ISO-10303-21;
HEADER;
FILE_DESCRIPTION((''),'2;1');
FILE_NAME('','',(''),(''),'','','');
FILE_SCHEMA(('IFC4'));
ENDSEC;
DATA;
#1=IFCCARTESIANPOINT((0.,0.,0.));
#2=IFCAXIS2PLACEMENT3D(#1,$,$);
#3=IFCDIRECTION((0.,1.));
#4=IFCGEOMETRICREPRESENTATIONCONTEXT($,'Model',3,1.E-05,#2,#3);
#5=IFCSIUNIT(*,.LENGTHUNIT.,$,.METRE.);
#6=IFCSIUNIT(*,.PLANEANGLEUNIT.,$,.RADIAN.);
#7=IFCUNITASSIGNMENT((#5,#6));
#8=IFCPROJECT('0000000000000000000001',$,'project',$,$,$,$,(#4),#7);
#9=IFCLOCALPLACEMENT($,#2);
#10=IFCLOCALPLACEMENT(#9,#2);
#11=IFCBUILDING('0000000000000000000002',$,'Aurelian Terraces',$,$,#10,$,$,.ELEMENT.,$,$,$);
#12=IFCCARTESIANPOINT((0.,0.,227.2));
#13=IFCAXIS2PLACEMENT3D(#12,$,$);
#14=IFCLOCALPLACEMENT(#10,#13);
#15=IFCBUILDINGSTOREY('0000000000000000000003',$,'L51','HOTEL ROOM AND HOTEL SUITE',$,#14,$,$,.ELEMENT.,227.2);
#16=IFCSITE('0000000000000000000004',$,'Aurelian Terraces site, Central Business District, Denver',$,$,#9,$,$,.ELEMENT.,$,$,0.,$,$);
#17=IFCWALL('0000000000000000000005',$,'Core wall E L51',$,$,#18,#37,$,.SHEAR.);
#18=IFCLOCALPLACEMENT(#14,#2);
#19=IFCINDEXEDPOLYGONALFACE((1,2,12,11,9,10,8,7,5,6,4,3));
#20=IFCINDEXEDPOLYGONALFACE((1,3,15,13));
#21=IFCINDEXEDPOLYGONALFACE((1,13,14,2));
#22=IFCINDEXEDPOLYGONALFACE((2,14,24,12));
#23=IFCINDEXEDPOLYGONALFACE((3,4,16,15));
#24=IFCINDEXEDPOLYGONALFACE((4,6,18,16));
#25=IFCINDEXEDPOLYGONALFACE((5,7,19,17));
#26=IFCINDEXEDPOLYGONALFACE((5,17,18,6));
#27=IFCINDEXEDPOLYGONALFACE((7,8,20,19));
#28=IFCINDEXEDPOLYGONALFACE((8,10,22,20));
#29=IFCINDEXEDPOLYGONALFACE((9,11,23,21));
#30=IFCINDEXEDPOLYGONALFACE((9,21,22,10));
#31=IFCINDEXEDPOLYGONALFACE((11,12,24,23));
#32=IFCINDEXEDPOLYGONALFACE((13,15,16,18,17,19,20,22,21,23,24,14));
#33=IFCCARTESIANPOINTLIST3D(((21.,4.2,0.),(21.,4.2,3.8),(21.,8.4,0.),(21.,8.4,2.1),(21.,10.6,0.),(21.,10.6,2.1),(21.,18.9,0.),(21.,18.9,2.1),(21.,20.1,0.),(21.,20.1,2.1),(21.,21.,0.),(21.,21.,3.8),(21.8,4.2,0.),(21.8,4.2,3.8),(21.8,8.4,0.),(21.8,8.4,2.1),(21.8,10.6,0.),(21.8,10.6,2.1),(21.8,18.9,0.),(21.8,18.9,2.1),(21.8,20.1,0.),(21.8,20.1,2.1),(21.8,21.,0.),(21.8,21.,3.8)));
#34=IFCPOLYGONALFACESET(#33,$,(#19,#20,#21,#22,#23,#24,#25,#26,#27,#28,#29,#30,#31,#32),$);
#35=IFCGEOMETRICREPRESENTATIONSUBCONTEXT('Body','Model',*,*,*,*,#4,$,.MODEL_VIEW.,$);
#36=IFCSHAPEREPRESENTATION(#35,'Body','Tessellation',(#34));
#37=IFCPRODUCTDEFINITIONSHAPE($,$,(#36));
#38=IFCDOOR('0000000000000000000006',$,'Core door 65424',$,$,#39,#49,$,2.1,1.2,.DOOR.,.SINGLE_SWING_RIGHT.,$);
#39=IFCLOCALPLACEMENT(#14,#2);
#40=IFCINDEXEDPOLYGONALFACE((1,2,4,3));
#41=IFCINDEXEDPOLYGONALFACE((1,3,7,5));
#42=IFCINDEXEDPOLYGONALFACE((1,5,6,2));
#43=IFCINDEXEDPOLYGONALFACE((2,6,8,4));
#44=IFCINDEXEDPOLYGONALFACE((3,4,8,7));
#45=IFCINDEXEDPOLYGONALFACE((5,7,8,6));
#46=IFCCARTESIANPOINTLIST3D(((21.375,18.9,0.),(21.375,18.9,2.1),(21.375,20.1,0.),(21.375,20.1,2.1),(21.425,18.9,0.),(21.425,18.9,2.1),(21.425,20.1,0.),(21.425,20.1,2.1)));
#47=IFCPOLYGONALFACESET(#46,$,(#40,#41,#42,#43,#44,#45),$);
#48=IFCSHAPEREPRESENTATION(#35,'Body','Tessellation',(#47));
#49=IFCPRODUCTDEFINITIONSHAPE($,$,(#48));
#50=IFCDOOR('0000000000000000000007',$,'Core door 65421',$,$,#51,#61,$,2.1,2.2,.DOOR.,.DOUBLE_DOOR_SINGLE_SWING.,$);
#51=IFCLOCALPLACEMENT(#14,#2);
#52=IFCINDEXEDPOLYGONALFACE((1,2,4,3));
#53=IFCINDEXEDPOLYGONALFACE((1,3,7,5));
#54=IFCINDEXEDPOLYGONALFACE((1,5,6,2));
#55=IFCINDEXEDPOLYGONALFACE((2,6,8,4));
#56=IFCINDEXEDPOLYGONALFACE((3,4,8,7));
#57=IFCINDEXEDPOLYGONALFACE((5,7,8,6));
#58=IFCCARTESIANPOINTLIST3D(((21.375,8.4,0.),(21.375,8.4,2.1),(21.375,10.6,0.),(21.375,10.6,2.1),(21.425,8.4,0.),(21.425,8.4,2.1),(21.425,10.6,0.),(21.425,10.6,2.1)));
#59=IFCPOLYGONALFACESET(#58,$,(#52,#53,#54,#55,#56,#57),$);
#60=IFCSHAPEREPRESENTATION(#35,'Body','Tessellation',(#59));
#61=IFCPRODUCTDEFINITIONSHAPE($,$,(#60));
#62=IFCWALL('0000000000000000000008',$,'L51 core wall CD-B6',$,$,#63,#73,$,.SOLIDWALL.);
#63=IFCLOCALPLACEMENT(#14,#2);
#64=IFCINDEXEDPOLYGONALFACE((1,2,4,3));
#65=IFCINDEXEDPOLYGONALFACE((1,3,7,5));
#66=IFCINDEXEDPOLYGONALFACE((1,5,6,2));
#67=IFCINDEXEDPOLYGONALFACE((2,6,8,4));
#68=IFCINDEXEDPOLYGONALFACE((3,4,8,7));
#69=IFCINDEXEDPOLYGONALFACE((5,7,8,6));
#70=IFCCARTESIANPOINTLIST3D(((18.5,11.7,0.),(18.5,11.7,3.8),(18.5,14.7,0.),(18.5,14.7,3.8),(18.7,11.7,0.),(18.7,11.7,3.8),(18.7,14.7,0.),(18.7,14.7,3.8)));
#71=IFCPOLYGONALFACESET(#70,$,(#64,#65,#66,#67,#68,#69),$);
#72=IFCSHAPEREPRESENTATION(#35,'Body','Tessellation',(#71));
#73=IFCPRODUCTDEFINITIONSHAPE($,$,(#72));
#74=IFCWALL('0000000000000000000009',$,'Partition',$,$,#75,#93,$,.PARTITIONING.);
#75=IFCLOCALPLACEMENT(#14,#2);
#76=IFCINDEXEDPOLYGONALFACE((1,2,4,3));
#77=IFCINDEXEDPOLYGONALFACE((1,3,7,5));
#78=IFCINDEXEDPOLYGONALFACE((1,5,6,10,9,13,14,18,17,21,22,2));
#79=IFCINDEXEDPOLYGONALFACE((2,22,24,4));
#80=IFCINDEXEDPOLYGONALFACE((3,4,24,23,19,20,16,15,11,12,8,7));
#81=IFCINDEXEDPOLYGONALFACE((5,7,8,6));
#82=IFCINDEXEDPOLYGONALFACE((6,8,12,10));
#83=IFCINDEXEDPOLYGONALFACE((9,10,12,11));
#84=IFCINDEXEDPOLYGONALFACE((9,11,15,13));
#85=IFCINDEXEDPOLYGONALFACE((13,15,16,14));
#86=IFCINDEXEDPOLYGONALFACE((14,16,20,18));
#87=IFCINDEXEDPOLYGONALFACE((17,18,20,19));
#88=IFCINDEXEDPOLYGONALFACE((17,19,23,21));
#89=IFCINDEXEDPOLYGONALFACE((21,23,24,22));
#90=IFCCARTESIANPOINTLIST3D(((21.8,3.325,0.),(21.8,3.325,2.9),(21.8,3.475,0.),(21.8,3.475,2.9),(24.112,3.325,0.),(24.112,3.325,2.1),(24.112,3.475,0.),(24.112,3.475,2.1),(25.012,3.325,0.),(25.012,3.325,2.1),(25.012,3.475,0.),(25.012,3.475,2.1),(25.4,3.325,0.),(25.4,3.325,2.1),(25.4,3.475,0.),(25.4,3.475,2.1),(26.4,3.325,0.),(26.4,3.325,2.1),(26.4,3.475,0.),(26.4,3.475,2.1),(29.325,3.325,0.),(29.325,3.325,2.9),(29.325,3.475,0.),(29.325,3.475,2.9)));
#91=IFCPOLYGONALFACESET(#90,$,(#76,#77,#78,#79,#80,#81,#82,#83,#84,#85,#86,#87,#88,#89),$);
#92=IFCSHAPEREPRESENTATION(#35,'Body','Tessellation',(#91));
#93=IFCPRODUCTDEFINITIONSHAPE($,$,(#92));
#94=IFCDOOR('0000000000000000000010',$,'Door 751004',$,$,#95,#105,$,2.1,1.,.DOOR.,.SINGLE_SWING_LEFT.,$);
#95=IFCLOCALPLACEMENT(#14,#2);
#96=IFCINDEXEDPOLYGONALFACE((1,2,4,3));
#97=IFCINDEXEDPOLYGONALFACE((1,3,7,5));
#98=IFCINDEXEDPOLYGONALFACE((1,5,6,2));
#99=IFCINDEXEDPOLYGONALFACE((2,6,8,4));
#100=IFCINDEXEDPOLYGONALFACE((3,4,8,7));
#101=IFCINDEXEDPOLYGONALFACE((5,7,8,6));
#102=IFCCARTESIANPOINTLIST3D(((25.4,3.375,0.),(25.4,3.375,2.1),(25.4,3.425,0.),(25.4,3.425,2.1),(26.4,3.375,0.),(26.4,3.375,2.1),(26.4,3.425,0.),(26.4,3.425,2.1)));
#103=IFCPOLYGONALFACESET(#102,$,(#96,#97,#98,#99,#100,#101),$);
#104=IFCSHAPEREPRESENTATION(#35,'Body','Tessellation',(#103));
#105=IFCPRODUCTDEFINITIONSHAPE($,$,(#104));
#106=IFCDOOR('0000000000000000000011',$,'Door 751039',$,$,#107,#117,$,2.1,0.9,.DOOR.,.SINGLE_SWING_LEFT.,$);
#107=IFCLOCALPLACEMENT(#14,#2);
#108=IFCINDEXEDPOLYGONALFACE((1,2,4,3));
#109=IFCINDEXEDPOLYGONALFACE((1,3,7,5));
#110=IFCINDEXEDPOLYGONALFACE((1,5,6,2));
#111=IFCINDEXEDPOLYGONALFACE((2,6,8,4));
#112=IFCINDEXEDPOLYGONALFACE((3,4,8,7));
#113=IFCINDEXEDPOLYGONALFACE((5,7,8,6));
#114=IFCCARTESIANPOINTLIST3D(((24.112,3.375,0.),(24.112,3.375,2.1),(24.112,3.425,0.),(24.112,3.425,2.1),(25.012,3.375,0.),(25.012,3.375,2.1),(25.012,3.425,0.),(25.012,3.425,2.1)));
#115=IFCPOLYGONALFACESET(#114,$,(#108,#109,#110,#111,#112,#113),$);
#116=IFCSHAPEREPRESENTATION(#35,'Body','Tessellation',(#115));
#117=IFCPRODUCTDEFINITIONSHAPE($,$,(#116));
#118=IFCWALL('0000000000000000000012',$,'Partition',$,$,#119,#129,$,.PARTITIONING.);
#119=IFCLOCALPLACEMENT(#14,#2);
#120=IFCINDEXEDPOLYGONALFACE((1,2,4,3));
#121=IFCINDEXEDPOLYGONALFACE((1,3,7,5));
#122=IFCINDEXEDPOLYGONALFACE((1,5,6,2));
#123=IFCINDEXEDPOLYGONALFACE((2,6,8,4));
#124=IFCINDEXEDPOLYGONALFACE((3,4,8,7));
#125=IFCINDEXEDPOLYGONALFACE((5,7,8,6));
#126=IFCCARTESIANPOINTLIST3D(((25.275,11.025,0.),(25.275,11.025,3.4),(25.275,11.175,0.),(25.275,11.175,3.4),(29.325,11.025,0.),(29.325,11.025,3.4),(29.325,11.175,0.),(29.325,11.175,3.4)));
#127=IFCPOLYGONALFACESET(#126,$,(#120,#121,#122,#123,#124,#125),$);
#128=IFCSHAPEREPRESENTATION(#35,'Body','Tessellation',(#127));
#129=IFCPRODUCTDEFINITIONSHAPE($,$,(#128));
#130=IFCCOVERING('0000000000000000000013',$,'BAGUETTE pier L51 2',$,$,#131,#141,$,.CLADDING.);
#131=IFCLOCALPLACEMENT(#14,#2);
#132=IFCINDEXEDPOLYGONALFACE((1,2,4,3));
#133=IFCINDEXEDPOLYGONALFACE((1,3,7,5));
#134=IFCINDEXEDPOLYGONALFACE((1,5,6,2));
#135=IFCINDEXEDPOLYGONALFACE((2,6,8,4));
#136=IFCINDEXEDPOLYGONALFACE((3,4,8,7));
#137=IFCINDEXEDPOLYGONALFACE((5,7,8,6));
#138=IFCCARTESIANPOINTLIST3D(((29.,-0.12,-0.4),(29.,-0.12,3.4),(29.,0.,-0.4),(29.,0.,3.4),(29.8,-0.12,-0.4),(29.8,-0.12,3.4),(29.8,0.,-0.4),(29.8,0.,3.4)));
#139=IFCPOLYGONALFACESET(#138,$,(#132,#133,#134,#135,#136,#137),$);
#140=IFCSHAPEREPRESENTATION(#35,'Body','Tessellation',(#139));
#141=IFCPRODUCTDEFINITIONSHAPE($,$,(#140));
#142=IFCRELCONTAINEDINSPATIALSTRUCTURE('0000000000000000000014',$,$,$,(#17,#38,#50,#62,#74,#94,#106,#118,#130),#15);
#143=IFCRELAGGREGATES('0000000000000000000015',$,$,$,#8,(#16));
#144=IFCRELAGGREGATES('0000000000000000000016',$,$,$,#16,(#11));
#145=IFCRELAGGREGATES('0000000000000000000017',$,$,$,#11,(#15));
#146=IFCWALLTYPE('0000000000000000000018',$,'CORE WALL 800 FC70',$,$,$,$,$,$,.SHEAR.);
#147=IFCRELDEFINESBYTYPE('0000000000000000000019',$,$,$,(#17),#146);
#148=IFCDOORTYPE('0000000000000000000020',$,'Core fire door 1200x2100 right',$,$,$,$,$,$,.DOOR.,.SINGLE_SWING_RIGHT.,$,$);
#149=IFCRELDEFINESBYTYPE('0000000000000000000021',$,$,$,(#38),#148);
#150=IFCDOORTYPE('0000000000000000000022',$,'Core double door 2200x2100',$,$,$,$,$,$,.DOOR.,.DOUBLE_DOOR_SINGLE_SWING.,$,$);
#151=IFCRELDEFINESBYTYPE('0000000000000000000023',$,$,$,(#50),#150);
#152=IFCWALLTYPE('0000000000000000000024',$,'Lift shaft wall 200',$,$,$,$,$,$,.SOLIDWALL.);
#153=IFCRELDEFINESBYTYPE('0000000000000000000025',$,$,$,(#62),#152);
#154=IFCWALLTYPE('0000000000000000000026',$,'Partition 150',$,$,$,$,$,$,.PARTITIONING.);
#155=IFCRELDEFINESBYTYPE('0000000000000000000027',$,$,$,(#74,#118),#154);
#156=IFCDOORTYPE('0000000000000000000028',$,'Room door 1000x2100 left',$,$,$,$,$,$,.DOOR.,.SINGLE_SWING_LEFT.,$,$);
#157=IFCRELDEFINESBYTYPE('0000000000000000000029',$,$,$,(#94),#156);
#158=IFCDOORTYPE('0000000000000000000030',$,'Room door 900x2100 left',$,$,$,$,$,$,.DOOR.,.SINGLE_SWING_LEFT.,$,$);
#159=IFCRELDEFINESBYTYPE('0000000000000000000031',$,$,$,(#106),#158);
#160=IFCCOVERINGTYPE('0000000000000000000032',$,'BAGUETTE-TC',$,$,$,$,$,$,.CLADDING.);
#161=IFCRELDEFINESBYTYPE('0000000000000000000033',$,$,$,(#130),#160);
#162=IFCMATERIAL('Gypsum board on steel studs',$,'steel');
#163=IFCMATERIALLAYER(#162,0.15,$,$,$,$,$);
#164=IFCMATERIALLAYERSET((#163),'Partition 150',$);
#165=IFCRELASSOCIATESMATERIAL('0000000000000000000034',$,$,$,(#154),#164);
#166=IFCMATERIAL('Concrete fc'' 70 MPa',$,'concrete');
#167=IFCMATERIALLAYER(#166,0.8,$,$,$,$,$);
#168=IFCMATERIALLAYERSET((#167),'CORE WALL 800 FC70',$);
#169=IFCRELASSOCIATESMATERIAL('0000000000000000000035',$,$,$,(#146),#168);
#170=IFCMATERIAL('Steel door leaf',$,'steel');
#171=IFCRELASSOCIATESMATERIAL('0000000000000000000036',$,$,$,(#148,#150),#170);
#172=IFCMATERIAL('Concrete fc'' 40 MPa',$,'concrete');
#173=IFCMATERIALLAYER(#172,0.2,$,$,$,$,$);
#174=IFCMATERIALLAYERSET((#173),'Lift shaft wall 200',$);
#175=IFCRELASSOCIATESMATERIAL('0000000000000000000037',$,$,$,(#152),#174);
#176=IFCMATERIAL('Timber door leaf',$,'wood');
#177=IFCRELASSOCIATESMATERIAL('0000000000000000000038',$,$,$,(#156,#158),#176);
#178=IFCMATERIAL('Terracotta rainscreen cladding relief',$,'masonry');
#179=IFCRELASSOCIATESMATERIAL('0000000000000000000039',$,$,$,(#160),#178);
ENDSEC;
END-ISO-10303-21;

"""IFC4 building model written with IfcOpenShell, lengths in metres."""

from ifc_helpers import new_model, si_unit, direction, frame, frame_2d, origin, origin_2d, place, context, subcontext, project, spatial, rectangle, extrude, source, transform, mapped, material, layer, layer_set, type_object, element, fill, save


model = new_model("IFC4")

# Units and contexts
model_context = context("Model", 3, precision=1e-05, world=origin(), true_north=direction((0.0, 1.0)))
body_context = subcontext(model_context, "Body", "Model", "MODEL_VIEW")
ifc_project = project(units=[si_unit("LENGTHUNIT", "METRE"), si_unit("PLANEANGLEUNIT", "RADIAN")], contexts=[model_context])

# Site, building, storey
site_placement = place(None, origin())
site = spatial("IfcSite", under=ifc_project, at=site_placement, Name="Aurelian Terraces site, Central Business District, Denver", CompositionType="ELEMENT", RefElevation=0.0)
building_placement = place(site_placement, origin())
building = spatial("IfcBuilding", under=site, at=building_placement, Name="Aurelian Terraces", CompositionType="ELEMENT")
storey_placement = place(building_placement, frame((0.0, 0.0, 227.2)))
storey = spatial("IfcBuildingStorey", under=building, at=storey_placement, Name="L51", Description="HOTEL ROOM AND HOTEL SUITE", CompositionType="ELEMENT", Elevation=227.2)

# Shared definitions
ifc_material_1 = material(Name="Concrete fc' 70 MPa", Category="concrete")

# Shared definitions
ifc_material_2 = material(Name="Concrete fc' 40 MPa", Category="concrete")

# Shared definitions
ifc_material_3 = material(Name="Gypsum board on steel studs", Category="steel")
ifc_layer_1 = layer(ifc_material_3, 0.15)
ifc_layer_set_1 = layer_set([ifc_layer_1], Name="Partition 150")
wall_type_1 = type_object("IfcWallType", Name="Partition 150", PredefinedType="PARTITIONING", material=ifc_layer_set_1)

# Wall, openings, doors
ifc_layer_2 = layer(ifc_material_1, 0.8)
ifc_layer_set_2 = layer_set([ifc_layer_2], Name="CORE WALL 800 FC70")
wall_type_2 = type_object("IfcWallType", Name="CORE WALL 800 FC70", PredefinedType="SHEAR", material=ifc_layer_set_2)
shared_shape_1 = source(origin(), body_context, "Body", "SweptSolid", [
    extrude(rectangle(XDim=16.8, YDim=0.8, at=frame_2d((8.4, 0.0))), origin(), (0.0, 0.0, 1.0), 3.8),
])
wall_1_placement = place(storey_placement, frame((21.4, 4.2, 0.0), z_axis=(0.0, 0.0, 1.0), x_axis=(0.0, 1.0, 0.0)))
wall_1 = element("IfcWall", 1, at=wall_1_placement, inside=storey, type_object=wall_type_2, Name="Core wall E L51", PredefinedType="SHEAR", context=body_context, shape_type="MappedRepresentation", body=[
    mapped(shared_shape_1, transform((0.0, 0.0, 0.0), scale=1.0)),
])
shared_shape_2 = source(origin(), body_context, "Body", "SweptSolid", [
    extrude(rectangle(XDim=2.2, YDim=2.1, at=frame_2d((1.1, 1.05))), frame((0.0, 0.41, 0.0), z_axis=(0.0, -1.0, 0.0), x_axis=(1.0, 0.0, 0.0)), (0.0, 0.0, 1.0), 0.82),
])
opening_1_placement = place(wall_1_placement, frame((4.2, 0.0, 0.0)))
opening_1 = element("IfcOpeningElement", 2, at=opening_1_placement, cuts=wall_1, PredefinedType="OPENING", context=body_context, shape_type="MappedRepresentation", body=[
    mapped(shared_shape_2, transform((0.0, 0.0, 0.0), scale=1.0)),
])
shared_shape_3 = source(origin(), body_context, "Body", "SweptSolid", [
    extrude(rectangle(XDim=1.2, YDim=2.1, at=frame_2d((0.6, 1.05))), frame((0.0, 0.41, 0.0), z_axis=(0.0, -1.0, 0.0), x_axis=(1.0, 0.0, 0.0)), (0.0, 0.0, 1.0), 0.82),
])
opening_2_placement = place(wall_1_placement, frame((14.7, 0.0, 0.0)))
opening_2 = element("IfcOpeningElement", 3, at=opening_2_placement, cuts=wall_1, PredefinedType="OPENING", context=body_context, shape_type="MappedRepresentation", body=[
    mapped(shared_shape_3, transform((0.0, 0.0, 0.0), scale=1.0)),
])
ifc_material_4 = material(Name="Steel door leaf", Category="steel")
door_type_1 = type_object("IfcDoorType", Name="Core fire door 1200x2100 right", OperationType="SINGLE_SWING_RIGHT", PredefinedType="DOOR", material=ifc_material_4)
shared_shape_4 = source(origin(), body_context, "Body", "SweptSolid", [
    extrude(rectangle(XDim=1.2, YDim=2.1, at=frame_2d((0.6, 1.05))), frame((0.0, 0.025, 0.0), z_axis=(0.0, -1.0, 0.0), x_axis=(1.0, 0.0, 0.0)), (0.0, 0.0, 1.0), 0.05),
])
door_1_placement = place(opening_2_placement, origin())
door_1 = element("IfcDoor", 4, at=door_1_placement, inside=storey, type_object=door_type_1, Name="Core door 65424", OperationType="SINGLE_SWING_RIGHT", OverallHeight=2.1, OverallWidth=1.2, PredefinedType="DOOR", context=body_context, shape_type="MappedRepresentation", body=[
    mapped(shared_shape_4, transform((0.0, 0.0, 0.0), scale=1.0)),
])
fill(opening_2, door_1)
door_type_2 = type_object("IfcDoorType", Name="Core double door 2200x2100", OperationType="DOUBLE_DOOR_SINGLE_SWING", PredefinedType="DOOR", material=ifc_material_4)
shared_shape_5 = source(origin(), body_context, "Body", "SweptSolid", [
    extrude(rectangle(XDim=2.2, YDim=2.1, at=frame_2d((1.1, 1.05))), frame((0.0, 0.025, 0.0), z_axis=(0.0, -1.0, 0.0), x_axis=(1.0, 0.0, 0.0)), (0.0, 0.0, 1.0), 0.05),
])
door_2_placement = place(opening_1_placement, origin())
door_2 = element("IfcDoor", 5, at=door_2_placement, inside=storey, type_object=door_type_2, Name="Core door 65421", OperationType="DOUBLE_DOOR_SINGLE_SWING", OverallHeight=2.1, OverallWidth=2.2, PredefinedType="DOOR", context=body_context, shape_type="MappedRepresentation", body=[
    mapped(shared_shape_5, transform((0.0, 0.0, 0.0), scale=1.0)),
])
fill(opening_1, door_2)

# Wall
ifc_layer_3 = layer(ifc_material_2, 0.2)
ifc_layer_set_3 = layer_set([ifc_layer_3], Name="Lift shaft wall 200")
wall_type_3 = type_object("IfcWallType", Name="Lift shaft wall 200", PredefinedType="SOLIDWALL", material=ifc_layer_set_3)
shared_shape_6 = source(origin(), body_context, "Body", "SweptSolid", [
    extrude(rectangle(XDim=3.0, YDim=0.2, at=frame_2d((1.5, 0.0))), origin(), (0.0, 0.0, 1.0), 3.8),
])
wall_2_placement = place(storey_placement, frame((18.6, 11.7, 0.0), z_axis=(0.0, 0.0, 1.0), x_axis=(0.0, 1.0, 0.0)))
element("IfcWall", 6, at=wall_2_placement, inside=storey, type_object=wall_type_3, Name="L51 core wall CD-B6", PredefinedType="SOLIDWALL", context=body_context, shape_type="MappedRepresentation", body=[
    mapped(shared_shape_6, transform((0.0, 0.0, 0.0), scale=1.0)),
])

# Wall, openings, doors
shared_shape_7 = source(origin(), body_context, "Body", "SweptSolid", [
    extrude(rectangle(XDim=7.525, YDim=0.15, at=frame_2d((3.7625, 0.0))), origin(), (0.0, 0.0, 1.0), 2.9),
])
wall_3_placement = place(storey_placement, frame((21.8, 3.4, 0.0), z_axis=(0.0, 0.0, 1.0), x_axis=(1.0, 0.0, 0.0)))
wall_3 = element("IfcWall", 7, at=wall_3_placement, inside=storey, type_object=wall_type_1, Name="Partition", PredefinedType="PARTITIONING", context=body_context, shape_type="MappedRepresentation", body=[
    mapped(shared_shape_7, transform((0.0, 0.0, 0.0), scale=1.0)),
])
shared_shape_8 = source(origin(), body_context, "Body", "SweptSolid", [
    extrude(rectangle(XDim=1.0, YDim=2.1, at=frame_2d((0.5, 1.05))), frame((0.0, 0.085, 0.0), z_axis=(0.0, -1.0, 0.0), x_axis=(1.0, 0.0, 0.0)), (0.0, 0.0, 1.0), 0.17),
])
opening_3_placement = place(wall_3_placement, frame((3.6, 0.0, 0.0)))
opening_3 = element("IfcOpeningElement", 8, at=opening_3_placement, cuts=wall_3, PredefinedType="OPENING", context=body_context, shape_type="MappedRepresentation", body=[
    mapped(shared_shape_8, transform((0.0, 0.0, 0.0), scale=1.0)),
])
shared_shape_9 = source(origin(), body_context, "Body", "SweptSolid", [
    extrude(rectangle(XDim=0.9, YDim=2.1, at=frame_2d((0.45, 1.05))), frame((0.0, 0.085, 0.0), z_axis=(0.0, -1.0, 0.0), x_axis=(1.0, 0.0, 0.0)), (0.0, 0.0, 1.0), 0.17),
])
opening_4_placement = place(wall_3_placement, frame((2.312, 0.0, 0.0)))
opening_4 = element("IfcOpeningElement", 9, at=opening_4_placement, cuts=wall_3, PredefinedType="OPENING", context=body_context, shape_type="MappedRepresentation", body=[
    mapped(shared_shape_9, transform((0.0, 0.0, 0.0), scale=1.0)),
])
ifc_material_5 = material(Name="Timber door leaf", Category="wood")
door_type_3 = type_object("IfcDoorType", Name="Room door 1000x2100 left", OperationType="SINGLE_SWING_LEFT", PredefinedType="DOOR", material=ifc_material_5)
shared_shape_10 = source(origin(), body_context, "Body", "SweptSolid", [
    extrude(rectangle(XDim=1.0, YDim=2.1, at=frame_2d((0.5, 1.05))), frame((0.0, 0.025, 0.0), z_axis=(0.0, -1.0, 0.0), x_axis=(1.0, 0.0, 0.0)), (0.0, 0.0, 1.0), 0.05),
])
door_3_placement = place(opening_3_placement, origin())
door_3 = element("IfcDoor", 10, at=door_3_placement, inside=storey, type_object=door_type_3, Name="Door 751004", OperationType="SINGLE_SWING_LEFT", OverallHeight=2.1, OverallWidth=1.0, PredefinedType="DOOR", context=body_context, shape_type="MappedRepresentation", body=[
    mapped(shared_shape_10, transform((0.0, 0.0, 0.0), scale=1.0)),
])
fill(opening_3, door_3)
door_type_4 = type_object("IfcDoorType", Name="Room door 900x2100 left", OperationType="SINGLE_SWING_LEFT", PredefinedType="DOOR", material=ifc_material_5)
shared_shape_11 = source(origin(), body_context, "Body", "SweptSolid", [
    extrude(rectangle(XDim=0.9, YDim=2.1, at=frame_2d((0.45, 1.05))), frame((0.0, 0.025, 0.0), z_axis=(0.0, -1.0, 0.0), x_axis=(1.0, 0.0, 0.0)), (0.0, 0.0, 1.0), 0.05),
])
door_4_placement = place(opening_4_placement, origin())
door_4 = element("IfcDoor", 11, at=door_4_placement, inside=storey, type_object=door_type_4, Name="Door 751039", OperationType="SINGLE_SWING_LEFT", OverallHeight=2.1, OverallWidth=0.9, PredefinedType="DOOR", context=body_context, shape_type="MappedRepresentation", body=[
    mapped(shared_shape_11, transform((0.0, 0.0, 0.0), scale=1.0)),
])
fill(opening_4, door_4)

# Wall
shared_shape_12 = source(origin(), body_context, "Body", "SweptSolid", [
    extrude(rectangle(XDim=4.05, YDim=0.15, at=frame_2d((2.025, 0.0))), origin(), (0.0, 0.0, 1.0), 3.4),
])
wall_4_placement = place(storey_placement, frame((29.325, 11.1, 0.0), z_axis=(0.0, 0.0, 1.0), x_axis=(-1.0, 0.0, 0.0)))
element("IfcWall", 12, at=wall_4_placement, inside=storey, type_object=wall_type_1, Name="Partition", PredefinedType="PARTITIONING", context=body_context, shape_type="MappedRepresentation", body=[
    mapped(shared_shape_12, transform((0.0, 0.0, 0.0), scale=1.0)),
])

# Covering
ifc_material_6 = material(Name="Terracotta rainscreen cladding relief", Category="masonry")
covering_type = type_object("IfcCoveringType", Name="BAGUETTE-TC", PredefinedType="CLADDING", material=ifc_material_6)
shared_shape_13 = source(origin(), body_context, "Body", "SweptSolid", [
    extrude(rectangle(XDim=0.8, YDim=0.12, at=origin_2d()), origin(), (0.0, 0.0, 1.0), 3.8),
])
covering_placement = place(storey_placement, frame((29.4, -0.06, -0.4), z_axis=(0.0, 0.0, 1.0), x_axis=(1.0, 0.0, 0.0)))
element("IfcCovering", 13, at=covering_placement, inside=storey, type_object=covering_type, Name="BAGUETTE pier L51 2", PredefinedType="CLADDING", context=body_context, shape_type="MappedRepresentation", body=[
    mapped(shared_shape_13, transform((0.0, 0.0, 0.0), scale=1.0)),
])

save(model, "model.ifc")
